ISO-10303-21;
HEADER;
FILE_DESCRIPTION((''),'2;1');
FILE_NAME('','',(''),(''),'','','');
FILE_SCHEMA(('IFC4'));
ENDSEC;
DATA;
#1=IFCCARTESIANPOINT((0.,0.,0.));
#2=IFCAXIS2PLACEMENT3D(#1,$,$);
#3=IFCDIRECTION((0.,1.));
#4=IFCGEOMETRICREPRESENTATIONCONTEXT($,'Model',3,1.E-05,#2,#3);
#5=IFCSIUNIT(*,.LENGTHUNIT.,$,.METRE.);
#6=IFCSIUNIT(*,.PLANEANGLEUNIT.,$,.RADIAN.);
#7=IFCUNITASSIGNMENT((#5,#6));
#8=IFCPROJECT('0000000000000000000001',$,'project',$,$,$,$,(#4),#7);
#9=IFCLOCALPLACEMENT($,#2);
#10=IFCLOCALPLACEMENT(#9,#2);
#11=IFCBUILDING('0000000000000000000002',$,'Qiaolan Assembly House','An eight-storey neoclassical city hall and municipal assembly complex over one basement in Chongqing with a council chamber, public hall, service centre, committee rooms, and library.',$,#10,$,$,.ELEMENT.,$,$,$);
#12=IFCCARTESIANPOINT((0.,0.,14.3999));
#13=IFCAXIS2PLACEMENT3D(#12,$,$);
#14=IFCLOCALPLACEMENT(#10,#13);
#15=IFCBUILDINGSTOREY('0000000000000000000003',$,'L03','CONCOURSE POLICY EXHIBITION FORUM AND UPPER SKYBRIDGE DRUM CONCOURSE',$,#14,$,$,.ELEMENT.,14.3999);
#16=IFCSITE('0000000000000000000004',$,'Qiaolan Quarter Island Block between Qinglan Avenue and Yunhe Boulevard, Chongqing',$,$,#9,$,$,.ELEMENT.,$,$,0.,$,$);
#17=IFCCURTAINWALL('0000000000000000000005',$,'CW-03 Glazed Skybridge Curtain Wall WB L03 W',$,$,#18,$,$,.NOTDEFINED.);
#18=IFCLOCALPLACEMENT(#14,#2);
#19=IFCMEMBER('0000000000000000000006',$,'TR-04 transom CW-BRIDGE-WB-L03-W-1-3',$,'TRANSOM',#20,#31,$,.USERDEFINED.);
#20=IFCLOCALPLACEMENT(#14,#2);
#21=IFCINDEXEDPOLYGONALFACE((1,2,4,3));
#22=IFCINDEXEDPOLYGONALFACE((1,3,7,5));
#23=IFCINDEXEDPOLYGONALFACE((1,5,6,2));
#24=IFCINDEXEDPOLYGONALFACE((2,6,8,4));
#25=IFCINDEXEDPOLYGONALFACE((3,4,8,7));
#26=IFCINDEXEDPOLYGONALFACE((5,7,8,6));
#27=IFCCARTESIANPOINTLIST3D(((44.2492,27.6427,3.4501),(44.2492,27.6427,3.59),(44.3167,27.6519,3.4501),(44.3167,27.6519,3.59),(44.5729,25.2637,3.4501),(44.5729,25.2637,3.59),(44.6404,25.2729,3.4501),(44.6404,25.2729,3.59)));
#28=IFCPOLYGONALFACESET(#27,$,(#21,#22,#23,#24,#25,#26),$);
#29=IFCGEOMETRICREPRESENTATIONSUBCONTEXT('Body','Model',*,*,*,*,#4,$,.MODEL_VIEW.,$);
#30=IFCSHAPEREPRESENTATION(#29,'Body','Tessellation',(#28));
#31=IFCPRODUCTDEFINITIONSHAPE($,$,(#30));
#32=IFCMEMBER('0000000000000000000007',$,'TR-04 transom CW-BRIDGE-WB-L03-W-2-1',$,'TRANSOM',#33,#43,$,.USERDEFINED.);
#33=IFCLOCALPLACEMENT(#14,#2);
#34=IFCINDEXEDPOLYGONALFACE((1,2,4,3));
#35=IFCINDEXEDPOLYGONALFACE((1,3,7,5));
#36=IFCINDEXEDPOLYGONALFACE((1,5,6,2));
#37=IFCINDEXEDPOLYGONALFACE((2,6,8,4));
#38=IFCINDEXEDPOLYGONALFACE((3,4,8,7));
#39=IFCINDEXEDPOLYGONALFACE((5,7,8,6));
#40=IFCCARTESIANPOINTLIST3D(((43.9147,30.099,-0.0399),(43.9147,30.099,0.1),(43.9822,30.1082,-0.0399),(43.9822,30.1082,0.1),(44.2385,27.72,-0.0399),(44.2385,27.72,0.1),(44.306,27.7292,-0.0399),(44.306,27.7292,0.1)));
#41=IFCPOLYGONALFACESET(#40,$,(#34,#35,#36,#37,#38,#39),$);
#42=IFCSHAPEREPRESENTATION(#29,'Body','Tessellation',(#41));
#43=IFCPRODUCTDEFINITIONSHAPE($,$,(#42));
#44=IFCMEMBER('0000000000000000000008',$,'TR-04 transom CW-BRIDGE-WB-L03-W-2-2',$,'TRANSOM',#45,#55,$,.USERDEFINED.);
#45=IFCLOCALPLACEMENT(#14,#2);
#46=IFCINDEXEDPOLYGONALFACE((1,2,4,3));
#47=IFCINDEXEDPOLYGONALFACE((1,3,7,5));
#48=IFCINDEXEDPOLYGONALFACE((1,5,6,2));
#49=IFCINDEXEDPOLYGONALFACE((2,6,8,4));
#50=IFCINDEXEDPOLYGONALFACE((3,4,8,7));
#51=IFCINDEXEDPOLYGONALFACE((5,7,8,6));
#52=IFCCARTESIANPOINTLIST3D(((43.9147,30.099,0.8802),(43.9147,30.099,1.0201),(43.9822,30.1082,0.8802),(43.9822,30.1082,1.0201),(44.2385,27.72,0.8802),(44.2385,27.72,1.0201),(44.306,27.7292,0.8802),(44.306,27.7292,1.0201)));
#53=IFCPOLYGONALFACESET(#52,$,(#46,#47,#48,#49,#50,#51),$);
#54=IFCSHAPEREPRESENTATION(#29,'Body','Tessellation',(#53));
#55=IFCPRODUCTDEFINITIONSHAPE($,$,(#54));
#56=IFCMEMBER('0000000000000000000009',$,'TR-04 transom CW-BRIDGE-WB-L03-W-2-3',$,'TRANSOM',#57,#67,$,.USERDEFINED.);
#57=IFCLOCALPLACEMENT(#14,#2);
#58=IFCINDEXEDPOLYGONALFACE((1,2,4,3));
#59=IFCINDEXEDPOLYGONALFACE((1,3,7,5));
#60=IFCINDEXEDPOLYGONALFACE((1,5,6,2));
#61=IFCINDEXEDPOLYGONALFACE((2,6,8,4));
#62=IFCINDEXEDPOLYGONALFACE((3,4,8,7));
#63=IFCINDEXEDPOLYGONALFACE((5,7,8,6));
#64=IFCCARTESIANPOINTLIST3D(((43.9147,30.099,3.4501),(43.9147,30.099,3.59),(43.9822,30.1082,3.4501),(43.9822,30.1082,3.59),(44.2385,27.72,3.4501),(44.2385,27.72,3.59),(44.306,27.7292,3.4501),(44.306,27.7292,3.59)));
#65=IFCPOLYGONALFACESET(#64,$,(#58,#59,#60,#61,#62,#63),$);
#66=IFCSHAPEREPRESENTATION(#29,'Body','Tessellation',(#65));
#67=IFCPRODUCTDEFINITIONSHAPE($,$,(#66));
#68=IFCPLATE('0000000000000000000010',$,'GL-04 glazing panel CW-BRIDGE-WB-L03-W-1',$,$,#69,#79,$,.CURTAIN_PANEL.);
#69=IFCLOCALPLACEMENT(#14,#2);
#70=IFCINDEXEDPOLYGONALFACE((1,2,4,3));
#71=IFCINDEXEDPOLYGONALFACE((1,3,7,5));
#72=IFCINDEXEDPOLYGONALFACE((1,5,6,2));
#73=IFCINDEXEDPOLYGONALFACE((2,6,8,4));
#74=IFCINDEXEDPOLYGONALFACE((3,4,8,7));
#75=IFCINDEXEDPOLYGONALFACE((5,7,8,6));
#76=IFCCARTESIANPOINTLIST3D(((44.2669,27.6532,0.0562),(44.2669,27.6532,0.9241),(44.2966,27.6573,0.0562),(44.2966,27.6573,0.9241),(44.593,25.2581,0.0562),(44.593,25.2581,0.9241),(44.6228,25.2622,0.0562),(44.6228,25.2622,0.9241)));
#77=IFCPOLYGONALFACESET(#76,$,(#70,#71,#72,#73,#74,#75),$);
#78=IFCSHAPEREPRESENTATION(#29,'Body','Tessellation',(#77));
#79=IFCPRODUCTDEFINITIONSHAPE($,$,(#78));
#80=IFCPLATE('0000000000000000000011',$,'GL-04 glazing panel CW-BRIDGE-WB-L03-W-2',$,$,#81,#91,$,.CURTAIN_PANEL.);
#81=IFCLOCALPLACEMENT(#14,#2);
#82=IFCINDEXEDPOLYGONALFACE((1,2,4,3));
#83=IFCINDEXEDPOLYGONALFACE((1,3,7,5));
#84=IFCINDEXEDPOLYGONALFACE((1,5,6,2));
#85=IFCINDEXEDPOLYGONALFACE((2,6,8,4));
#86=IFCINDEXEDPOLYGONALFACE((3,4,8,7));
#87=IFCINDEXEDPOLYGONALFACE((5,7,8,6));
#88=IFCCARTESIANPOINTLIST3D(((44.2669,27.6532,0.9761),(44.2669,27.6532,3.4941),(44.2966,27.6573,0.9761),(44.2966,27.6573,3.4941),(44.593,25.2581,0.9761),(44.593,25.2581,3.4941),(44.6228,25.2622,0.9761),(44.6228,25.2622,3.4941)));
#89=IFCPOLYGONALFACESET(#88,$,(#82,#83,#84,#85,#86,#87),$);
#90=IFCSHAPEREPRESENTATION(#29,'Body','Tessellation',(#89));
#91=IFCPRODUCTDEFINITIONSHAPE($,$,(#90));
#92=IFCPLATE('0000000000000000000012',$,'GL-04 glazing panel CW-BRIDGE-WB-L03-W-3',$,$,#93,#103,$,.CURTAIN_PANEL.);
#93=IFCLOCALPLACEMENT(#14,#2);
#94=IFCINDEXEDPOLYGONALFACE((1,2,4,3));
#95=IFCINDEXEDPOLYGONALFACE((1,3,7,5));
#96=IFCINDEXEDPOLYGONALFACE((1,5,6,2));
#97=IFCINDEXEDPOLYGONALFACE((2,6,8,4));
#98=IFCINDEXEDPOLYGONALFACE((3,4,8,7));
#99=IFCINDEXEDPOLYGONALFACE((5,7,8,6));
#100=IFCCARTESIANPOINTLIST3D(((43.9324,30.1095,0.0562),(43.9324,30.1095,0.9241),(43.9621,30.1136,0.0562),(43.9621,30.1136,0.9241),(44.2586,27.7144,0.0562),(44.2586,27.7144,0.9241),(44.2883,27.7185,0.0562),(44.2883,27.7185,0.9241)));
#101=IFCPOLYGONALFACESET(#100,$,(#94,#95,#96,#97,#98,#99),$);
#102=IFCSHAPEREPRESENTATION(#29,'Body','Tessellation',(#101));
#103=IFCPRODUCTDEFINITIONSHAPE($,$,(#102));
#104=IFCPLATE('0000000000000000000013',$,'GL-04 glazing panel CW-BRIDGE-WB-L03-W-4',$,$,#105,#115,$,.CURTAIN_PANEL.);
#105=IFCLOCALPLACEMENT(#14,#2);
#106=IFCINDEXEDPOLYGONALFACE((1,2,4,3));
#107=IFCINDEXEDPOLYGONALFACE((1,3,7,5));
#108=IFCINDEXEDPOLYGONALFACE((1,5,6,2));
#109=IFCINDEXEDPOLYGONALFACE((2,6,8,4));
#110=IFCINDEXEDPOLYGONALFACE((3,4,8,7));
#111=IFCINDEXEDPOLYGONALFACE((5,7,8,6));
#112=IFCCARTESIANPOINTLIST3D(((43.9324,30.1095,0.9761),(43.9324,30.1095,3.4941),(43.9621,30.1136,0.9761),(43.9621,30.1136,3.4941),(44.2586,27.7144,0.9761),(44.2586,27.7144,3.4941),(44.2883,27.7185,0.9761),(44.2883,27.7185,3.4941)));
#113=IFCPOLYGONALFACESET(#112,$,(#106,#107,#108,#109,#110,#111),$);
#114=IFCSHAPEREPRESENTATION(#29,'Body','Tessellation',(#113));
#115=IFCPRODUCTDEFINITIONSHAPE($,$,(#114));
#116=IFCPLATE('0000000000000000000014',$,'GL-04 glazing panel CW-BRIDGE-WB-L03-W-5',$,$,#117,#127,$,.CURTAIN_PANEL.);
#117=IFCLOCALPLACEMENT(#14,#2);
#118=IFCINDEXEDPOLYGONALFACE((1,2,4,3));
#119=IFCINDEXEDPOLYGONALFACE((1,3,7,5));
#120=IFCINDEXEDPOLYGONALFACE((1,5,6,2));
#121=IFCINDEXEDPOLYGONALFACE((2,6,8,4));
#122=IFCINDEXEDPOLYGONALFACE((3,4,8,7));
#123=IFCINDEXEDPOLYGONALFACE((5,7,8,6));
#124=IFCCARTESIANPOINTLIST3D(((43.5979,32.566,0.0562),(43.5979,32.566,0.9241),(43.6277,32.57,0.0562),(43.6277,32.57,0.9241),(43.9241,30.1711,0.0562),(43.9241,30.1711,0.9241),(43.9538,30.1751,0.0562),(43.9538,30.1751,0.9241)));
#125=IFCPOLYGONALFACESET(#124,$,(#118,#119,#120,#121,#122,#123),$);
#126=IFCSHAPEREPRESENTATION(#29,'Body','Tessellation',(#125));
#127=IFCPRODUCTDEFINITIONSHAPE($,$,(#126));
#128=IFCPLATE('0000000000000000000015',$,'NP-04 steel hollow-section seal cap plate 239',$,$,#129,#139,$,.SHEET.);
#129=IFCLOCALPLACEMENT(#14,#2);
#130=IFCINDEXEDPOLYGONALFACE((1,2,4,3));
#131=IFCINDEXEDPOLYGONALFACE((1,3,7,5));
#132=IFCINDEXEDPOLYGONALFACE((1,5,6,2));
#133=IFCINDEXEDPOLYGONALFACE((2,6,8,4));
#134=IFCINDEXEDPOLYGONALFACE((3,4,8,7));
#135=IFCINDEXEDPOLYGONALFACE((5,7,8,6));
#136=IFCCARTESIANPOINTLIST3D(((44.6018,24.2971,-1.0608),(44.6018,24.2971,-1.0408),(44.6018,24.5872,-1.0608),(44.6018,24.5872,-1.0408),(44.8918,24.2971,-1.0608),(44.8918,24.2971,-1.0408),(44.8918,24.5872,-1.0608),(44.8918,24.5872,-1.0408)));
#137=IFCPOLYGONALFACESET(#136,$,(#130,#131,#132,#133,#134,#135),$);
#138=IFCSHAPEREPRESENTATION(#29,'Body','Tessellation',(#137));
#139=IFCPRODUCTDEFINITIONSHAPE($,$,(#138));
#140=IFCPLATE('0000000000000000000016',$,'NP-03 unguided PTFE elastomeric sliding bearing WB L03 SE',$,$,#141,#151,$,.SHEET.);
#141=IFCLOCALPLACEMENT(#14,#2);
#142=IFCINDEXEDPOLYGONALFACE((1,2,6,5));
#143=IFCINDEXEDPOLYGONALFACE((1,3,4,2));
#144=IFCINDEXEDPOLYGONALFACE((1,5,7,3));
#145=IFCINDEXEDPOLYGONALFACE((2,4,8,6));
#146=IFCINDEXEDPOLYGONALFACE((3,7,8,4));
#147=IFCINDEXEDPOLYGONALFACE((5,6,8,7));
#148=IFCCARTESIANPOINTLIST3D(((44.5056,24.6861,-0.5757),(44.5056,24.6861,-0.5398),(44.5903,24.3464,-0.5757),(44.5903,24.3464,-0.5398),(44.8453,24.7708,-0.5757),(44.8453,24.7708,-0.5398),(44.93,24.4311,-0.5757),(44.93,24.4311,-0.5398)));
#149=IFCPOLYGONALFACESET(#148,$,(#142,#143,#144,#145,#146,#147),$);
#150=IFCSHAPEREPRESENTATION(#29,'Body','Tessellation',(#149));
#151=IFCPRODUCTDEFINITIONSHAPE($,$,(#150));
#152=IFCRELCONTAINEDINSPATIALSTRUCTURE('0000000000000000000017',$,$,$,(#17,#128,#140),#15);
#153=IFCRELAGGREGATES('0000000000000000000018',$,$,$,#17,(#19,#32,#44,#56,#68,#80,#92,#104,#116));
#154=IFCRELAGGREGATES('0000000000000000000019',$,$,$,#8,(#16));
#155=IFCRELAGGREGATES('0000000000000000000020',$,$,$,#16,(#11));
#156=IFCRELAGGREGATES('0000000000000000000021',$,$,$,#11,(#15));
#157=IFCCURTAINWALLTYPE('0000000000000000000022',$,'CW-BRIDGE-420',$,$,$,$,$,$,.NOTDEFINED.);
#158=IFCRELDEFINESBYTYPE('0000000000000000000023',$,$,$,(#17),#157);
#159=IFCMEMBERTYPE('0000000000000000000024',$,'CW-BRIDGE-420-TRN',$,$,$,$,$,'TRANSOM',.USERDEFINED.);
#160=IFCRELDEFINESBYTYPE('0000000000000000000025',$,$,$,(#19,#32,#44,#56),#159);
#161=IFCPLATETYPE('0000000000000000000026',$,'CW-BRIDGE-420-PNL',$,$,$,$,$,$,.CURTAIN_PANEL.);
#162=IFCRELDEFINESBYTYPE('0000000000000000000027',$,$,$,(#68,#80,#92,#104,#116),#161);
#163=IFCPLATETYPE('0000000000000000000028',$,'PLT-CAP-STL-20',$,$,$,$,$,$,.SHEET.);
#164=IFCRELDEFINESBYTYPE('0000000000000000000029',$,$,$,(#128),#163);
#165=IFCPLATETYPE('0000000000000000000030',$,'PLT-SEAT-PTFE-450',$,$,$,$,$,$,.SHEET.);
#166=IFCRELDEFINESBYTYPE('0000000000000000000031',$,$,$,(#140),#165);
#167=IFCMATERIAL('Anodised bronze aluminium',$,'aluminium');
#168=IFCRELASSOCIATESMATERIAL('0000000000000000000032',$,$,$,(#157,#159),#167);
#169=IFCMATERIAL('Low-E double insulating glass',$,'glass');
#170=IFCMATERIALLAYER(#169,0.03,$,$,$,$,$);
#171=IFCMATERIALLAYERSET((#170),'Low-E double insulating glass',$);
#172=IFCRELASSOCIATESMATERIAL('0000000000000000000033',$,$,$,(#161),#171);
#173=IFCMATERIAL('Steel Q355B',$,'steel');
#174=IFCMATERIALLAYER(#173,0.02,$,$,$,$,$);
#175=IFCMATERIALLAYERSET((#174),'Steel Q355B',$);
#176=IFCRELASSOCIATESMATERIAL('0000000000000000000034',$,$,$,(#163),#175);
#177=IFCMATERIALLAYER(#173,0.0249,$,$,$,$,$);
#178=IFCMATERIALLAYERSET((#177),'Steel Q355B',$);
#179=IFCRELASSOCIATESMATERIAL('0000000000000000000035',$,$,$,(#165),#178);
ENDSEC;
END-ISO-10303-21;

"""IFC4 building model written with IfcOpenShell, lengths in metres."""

from ifc_helpers import new_model, si_unit, direction, frame, frame_2d, origin, origin_2d, place, context, subcontext, project, spatial, rectangle, extrude, material, layer, layer_set, material_profile, profile_set, type_object, element, aggregate, save


model = new_model("IFC4")

# Units and contexts
model_context = context("Model", 3, precision=1e-05, world=origin(), true_north=direction((0.0, 1.0)))
body_context = subcontext(model_context, "Body", "Model", "MODEL_VIEW")
ifc_project = project(units=[si_unit("LENGTHUNIT", "METRE"), si_unit("PLANEANGLEUNIT", "RADIAN")], contexts=[model_context])

# Site, building, storey
site_placement = place(None, origin())
site = spatial("IfcSite", under=ifc_project, at=site_placement, Name="Qiaolan Quarter Island Block between Qinglan Avenue and Yunhe Boulevard, Chongqing", CompositionType="ELEMENT", RefElevation=0.0)
building_placement = place(site_placement, origin())
building = spatial("IfcBuilding", under=site, at=building_placement, Name="Qiaolan Assembly House", Description="An eight-storey neoclassical city hall and municipal assembly complex over one basement in Chongqing with a council chamber, public hall, service centre, committee rooms, and library.", CompositionType="ELEMENT")
storey_placement = place(building_placement, frame((0.0, 0.0, 14.3999)))
storey = spatial("IfcBuildingStorey", under=building, at=storey_placement, Name="L03", Description="CONCOURSE POLICY EXHIBITION FORUM AND UPPER SKYBRIDGE DRUM CONCOURSE", CompositionType="ELEMENT", Elevation=14.3999)

# Shared definitions
ifc_material_1 = material(Name="Steel Q355B", Category="steel")

# Curtain wall, members, plates
ifc_material_2 = material(Name="Anodised bronze aluminium", Category="aluminium")
curtain_wall_type = type_object("IfcCurtainWallType", Name="CW-BRIDGE-420", PredefinedType="NOTDEFINED", material=ifc_material_2)
curtain_wall_placement = place(storey_placement, origin())
curtain_wall = element("IfcCurtainWall", 1, at=curtain_wall_placement, inside=storey, type_object=curtain_wall_type, Name="CW-03 Glazed Skybridge Curtain Wall WB L03 W", PredefinedType="NOTDEFINED")
ifc_material_profile_1 = material_profile(ifc_material_2, rectangle(XDim=0.0681, YDim=0.1399, at=origin_2d()), Name="TRN 68x140")
ifc_profile_set_1 = profile_set([ifc_material_profile_1], Name="Anodised bronze aluminium")
member_type_1 = type_object("IfcMemberType", Name="CW-BRIDGE-420-TRN", ElementType="TRANSOM", PredefinedType="USERDEFINED", material=ifc_profile_set_1)
member_1_placement = place(storey_placement, frame((44.6067, 25.2683, 3.52), z_axis=(-0.134841, 0.990867, 0.0), x_axis=(-0.990867, -0.134841, 0.0)))
member_1 = element("IfcMember", 2, at=member_1_placement, type_object=member_type_1, Name="TR-04 transom CW-BRIDGE-WB-L03-W-1-3", ObjectType="TRANSOM", PredefinedType="USERDEFINED", context=body_context, shape_type="SweptSolid", body=[
    extrude(rectangle(XDim=0.0681, YDim=0.1399, at=origin_2d()), origin(), (0.0, 0.0, 1.0), 2.4009),
])
member_2_placement = place(storey_placement, frame((44.2722, 27.7246, 0.03), z_axis=(-0.134841, 0.990867, 0.0), x_axis=(-0.990867, -0.134841, 0.0)))
member_2 = element("IfcMember", 3, at=member_2_placement, type_object=member_type_1, Name="TR-04 transom CW-BRIDGE-WB-L03-W-2-1", ObjectType="TRANSOM", PredefinedType="USERDEFINED", context=body_context, shape_type="SweptSolid", body=[
    extrude(rectangle(XDim=0.0681, YDim=0.1399, at=origin_2d()), origin(), (0.0, 0.0, 1.0), 2.4009),
])
member_3_placement = place(storey_placement, frame((44.2722, 27.7246, 0.9502), z_axis=(-0.134841, 0.990867, 0.0), x_axis=(-0.990867, -0.134841, 0.0)))
member_3 = element("IfcMember", 4, at=member_3_placement, type_object=member_type_1, Name="TR-04 transom CW-BRIDGE-WB-L03-W-2-2", ObjectType="TRANSOM", PredefinedType="USERDEFINED", context=body_context, shape_type="SweptSolid", body=[
    extrude(rectangle(XDim=0.0681, YDim=0.1399, at=origin_2d()), origin(), (0.0, 0.0, 1.0), 2.4009),
])
member_4_placement = place(storey_placement, frame((44.2722, 27.7246, 3.52), z_axis=(-0.134841, 0.990867, 0.0), x_axis=(-0.990867, -0.134841, 0.0)))
member_4 = element("IfcMember", 5, at=member_4_placement, type_object=member_type_1, Name="TR-04 transom CW-BRIDGE-WB-L03-W-2-3", ObjectType="TRANSOM", PredefinedType="USERDEFINED", context=body_context, shape_type="SweptSolid", body=[
    extrude(rectangle(XDim=0.0681, YDim=0.1399, at=origin_2d()), origin(), (0.0, 0.0, 1.0), 2.4009),
])
ifc_material_3 = material(Name="Low-E double insulating glass", Category="glass")
ifc_layer_1 = layer(ifc_material_3, 0.03)
ifc_layer_set_1 = layer_set([ifc_layer_1], Name="Low-E double insulating glass")
plate_type_1 = type_object("IfcPlateType", Name="CW-BRIDGE-420-PNL", PredefinedType="CURTAIN_PANEL", material=ifc_layer_set_1)
plate_1_placement = place(storey_placement, frame((44.6079, 25.2603, 0.0562), z_axis=(0.0, 0.0, 1.0), x_axis=(-0.134942, 0.990854, 0.0)))
plate_1 = element("IfcPlate", 6, at=plate_1_placement, type_object=plate_type_1, Name="GL-04 glazing panel CW-BRIDGE-WB-L03-W-1", PredefinedType="CURTAIN_PANEL", context=body_context, shape_type="SweptSolid", body=[
    extrude(rectangle(XDim=2.4172, YDim=0.03, at=frame_2d((1.2085, 0.0))), origin(), (0.0, 0.0, 1.0), 0.8679),
])
plate_2_placement = place(storey_placement, frame((44.6079, 25.2603, 0.9761), z_axis=(0.0, 0.0, 1.0), x_axis=(-0.134942, 0.990854, 0.0)))
plate_2 = element("IfcPlate", 7, at=plate_2_placement, type_object=plate_type_1, Name="GL-04 glazing panel CW-BRIDGE-WB-L03-W-2", PredefinedType="CURTAIN_PANEL", context=body_context, shape_type="SweptSolid", body=[
    extrude(rectangle(XDim=2.4172, YDim=0.03, at=frame_2d((1.2085, 0.0))), origin(), (0.0, 0.0, 1.0), 2.5181),
])
plate_3_placement = place(storey_placement, frame((44.2734, 27.7166, 0.0562), z_axis=(0.0, 0.0, 1.0), x_axis=(-0.134942, 0.990854, 0.0)))
plate_3 = element("IfcPlate", 8, at=plate_3_placement, type_object=plate_type_1, Name="GL-04 glazing panel CW-BRIDGE-WB-L03-W-3", PredefinedType="CURTAIN_PANEL", context=body_context, shape_type="SweptSolid", body=[
    extrude(rectangle(XDim=2.4172, YDim=0.03, at=frame_2d((1.2085, 0.0))), origin(), (0.0, 0.0, 1.0), 0.8679),
])
plate_4_placement = place(storey_placement, frame((44.2734, 27.7166, 0.9761), z_axis=(0.0, 0.0, 1.0), x_axis=(-0.134942, 0.990854, 0.0)))
plate_4 = element("IfcPlate", 9, at=plate_4_placement, type_object=plate_type_1, Name="GL-04 glazing panel CW-BRIDGE-WB-L03-W-4", PredefinedType="CURTAIN_PANEL", context=body_context, shape_type="SweptSolid", body=[
    extrude(rectangle(XDim=2.4172, YDim=0.03, at=frame_2d((1.2085, 0.0))), origin(), (0.0, 0.0, 1.0), 2.5181),
])
plate_5_placement = place(storey_placement, frame((43.939, 30.1731, 0.0562), z_axis=(0.0, 0.0, 1.0), x_axis=(-0.134955, 0.990852, 0.0)))
plate_5 = element("IfcPlate", 10, at=plate_5_placement, type_object=plate_type_1, Name="GL-04 glazing panel CW-BRIDGE-WB-L03-W-5", PredefinedType="CURTAIN_PANEL", context=body_context, shape_type="SweptSolid", body=[
    extrude(rectangle(XDim=2.417, YDim=0.03, at=frame_2d((1.2085, 0.0))), origin(), (0.0, 0.0, 1.0), 0.8679),
])
aggregate(curtain_wall, [member_1, member_2, member_3, member_4, plate_1, plate_2, plate_3, plate_4, plate_5])

# Plates
ifc_layer_2 = layer(ifc_material_1, 0.02)
ifc_layer_set_2 = layer_set([ifc_layer_2], Name="Steel Q355B")
plate_type_2 = type_object("IfcPlateType", Name="PLT-CAP-STL-20", PredefinedType="SHEET", material=ifc_layer_set_2)
plate_6_placement = place(storey_placement, frame((44.7468, 24.4421, -1.0608), z_axis=(0.0, 0.0, 1.0), x_axis=(1.0, 0.0, 0.0)))
element("IfcPlate", 11, at=plate_6_placement, inside=storey, type_object=plate_type_2, Name="NP-04 steel hollow-section seal cap plate 239", PredefinedType="SHEET", context=body_context, shape_type="SweptSolid", body=[
    extrude(rectangle(XDim=0.29, YDim=0.29, at=origin_2d()), origin(), (0.0, 0.0, 1.0), 0.02),
])
ifc_layer_3 = layer(ifc_material_1, 0.0249)
ifc_layer_set_3 = layer_set([ifc_layer_3], Name="Steel Q355B")
plate_type_3 = type_object("IfcPlateType", Name="PLT-SEAT-PTFE-450", PredefinedType="SHEET", material=ifc_layer_set_3)
plate_7_placement = place(storey_placement, frame((44.7178, 24.5586, -0.5757), z_axis=(0.0, 0.0, 1.0), x_axis=(0.970296, 0.241922, 0.0)))
element("IfcPlate", 12, at=plate_7_placement, inside=storey, type_object=plate_type_3, Name="NP-03 unguided PTFE elastomeric sliding bearing WB L03 SE", PredefinedType="SHEET", context=body_context, shape_type="SweptSolid", body=[
    extrude(rectangle(XDim=0.3501, YDim=0.3501, at=origin_2d()), origin(), (0.0, 0.0, 1.0), 0.0359),
])

save(model, "model.ifc")
